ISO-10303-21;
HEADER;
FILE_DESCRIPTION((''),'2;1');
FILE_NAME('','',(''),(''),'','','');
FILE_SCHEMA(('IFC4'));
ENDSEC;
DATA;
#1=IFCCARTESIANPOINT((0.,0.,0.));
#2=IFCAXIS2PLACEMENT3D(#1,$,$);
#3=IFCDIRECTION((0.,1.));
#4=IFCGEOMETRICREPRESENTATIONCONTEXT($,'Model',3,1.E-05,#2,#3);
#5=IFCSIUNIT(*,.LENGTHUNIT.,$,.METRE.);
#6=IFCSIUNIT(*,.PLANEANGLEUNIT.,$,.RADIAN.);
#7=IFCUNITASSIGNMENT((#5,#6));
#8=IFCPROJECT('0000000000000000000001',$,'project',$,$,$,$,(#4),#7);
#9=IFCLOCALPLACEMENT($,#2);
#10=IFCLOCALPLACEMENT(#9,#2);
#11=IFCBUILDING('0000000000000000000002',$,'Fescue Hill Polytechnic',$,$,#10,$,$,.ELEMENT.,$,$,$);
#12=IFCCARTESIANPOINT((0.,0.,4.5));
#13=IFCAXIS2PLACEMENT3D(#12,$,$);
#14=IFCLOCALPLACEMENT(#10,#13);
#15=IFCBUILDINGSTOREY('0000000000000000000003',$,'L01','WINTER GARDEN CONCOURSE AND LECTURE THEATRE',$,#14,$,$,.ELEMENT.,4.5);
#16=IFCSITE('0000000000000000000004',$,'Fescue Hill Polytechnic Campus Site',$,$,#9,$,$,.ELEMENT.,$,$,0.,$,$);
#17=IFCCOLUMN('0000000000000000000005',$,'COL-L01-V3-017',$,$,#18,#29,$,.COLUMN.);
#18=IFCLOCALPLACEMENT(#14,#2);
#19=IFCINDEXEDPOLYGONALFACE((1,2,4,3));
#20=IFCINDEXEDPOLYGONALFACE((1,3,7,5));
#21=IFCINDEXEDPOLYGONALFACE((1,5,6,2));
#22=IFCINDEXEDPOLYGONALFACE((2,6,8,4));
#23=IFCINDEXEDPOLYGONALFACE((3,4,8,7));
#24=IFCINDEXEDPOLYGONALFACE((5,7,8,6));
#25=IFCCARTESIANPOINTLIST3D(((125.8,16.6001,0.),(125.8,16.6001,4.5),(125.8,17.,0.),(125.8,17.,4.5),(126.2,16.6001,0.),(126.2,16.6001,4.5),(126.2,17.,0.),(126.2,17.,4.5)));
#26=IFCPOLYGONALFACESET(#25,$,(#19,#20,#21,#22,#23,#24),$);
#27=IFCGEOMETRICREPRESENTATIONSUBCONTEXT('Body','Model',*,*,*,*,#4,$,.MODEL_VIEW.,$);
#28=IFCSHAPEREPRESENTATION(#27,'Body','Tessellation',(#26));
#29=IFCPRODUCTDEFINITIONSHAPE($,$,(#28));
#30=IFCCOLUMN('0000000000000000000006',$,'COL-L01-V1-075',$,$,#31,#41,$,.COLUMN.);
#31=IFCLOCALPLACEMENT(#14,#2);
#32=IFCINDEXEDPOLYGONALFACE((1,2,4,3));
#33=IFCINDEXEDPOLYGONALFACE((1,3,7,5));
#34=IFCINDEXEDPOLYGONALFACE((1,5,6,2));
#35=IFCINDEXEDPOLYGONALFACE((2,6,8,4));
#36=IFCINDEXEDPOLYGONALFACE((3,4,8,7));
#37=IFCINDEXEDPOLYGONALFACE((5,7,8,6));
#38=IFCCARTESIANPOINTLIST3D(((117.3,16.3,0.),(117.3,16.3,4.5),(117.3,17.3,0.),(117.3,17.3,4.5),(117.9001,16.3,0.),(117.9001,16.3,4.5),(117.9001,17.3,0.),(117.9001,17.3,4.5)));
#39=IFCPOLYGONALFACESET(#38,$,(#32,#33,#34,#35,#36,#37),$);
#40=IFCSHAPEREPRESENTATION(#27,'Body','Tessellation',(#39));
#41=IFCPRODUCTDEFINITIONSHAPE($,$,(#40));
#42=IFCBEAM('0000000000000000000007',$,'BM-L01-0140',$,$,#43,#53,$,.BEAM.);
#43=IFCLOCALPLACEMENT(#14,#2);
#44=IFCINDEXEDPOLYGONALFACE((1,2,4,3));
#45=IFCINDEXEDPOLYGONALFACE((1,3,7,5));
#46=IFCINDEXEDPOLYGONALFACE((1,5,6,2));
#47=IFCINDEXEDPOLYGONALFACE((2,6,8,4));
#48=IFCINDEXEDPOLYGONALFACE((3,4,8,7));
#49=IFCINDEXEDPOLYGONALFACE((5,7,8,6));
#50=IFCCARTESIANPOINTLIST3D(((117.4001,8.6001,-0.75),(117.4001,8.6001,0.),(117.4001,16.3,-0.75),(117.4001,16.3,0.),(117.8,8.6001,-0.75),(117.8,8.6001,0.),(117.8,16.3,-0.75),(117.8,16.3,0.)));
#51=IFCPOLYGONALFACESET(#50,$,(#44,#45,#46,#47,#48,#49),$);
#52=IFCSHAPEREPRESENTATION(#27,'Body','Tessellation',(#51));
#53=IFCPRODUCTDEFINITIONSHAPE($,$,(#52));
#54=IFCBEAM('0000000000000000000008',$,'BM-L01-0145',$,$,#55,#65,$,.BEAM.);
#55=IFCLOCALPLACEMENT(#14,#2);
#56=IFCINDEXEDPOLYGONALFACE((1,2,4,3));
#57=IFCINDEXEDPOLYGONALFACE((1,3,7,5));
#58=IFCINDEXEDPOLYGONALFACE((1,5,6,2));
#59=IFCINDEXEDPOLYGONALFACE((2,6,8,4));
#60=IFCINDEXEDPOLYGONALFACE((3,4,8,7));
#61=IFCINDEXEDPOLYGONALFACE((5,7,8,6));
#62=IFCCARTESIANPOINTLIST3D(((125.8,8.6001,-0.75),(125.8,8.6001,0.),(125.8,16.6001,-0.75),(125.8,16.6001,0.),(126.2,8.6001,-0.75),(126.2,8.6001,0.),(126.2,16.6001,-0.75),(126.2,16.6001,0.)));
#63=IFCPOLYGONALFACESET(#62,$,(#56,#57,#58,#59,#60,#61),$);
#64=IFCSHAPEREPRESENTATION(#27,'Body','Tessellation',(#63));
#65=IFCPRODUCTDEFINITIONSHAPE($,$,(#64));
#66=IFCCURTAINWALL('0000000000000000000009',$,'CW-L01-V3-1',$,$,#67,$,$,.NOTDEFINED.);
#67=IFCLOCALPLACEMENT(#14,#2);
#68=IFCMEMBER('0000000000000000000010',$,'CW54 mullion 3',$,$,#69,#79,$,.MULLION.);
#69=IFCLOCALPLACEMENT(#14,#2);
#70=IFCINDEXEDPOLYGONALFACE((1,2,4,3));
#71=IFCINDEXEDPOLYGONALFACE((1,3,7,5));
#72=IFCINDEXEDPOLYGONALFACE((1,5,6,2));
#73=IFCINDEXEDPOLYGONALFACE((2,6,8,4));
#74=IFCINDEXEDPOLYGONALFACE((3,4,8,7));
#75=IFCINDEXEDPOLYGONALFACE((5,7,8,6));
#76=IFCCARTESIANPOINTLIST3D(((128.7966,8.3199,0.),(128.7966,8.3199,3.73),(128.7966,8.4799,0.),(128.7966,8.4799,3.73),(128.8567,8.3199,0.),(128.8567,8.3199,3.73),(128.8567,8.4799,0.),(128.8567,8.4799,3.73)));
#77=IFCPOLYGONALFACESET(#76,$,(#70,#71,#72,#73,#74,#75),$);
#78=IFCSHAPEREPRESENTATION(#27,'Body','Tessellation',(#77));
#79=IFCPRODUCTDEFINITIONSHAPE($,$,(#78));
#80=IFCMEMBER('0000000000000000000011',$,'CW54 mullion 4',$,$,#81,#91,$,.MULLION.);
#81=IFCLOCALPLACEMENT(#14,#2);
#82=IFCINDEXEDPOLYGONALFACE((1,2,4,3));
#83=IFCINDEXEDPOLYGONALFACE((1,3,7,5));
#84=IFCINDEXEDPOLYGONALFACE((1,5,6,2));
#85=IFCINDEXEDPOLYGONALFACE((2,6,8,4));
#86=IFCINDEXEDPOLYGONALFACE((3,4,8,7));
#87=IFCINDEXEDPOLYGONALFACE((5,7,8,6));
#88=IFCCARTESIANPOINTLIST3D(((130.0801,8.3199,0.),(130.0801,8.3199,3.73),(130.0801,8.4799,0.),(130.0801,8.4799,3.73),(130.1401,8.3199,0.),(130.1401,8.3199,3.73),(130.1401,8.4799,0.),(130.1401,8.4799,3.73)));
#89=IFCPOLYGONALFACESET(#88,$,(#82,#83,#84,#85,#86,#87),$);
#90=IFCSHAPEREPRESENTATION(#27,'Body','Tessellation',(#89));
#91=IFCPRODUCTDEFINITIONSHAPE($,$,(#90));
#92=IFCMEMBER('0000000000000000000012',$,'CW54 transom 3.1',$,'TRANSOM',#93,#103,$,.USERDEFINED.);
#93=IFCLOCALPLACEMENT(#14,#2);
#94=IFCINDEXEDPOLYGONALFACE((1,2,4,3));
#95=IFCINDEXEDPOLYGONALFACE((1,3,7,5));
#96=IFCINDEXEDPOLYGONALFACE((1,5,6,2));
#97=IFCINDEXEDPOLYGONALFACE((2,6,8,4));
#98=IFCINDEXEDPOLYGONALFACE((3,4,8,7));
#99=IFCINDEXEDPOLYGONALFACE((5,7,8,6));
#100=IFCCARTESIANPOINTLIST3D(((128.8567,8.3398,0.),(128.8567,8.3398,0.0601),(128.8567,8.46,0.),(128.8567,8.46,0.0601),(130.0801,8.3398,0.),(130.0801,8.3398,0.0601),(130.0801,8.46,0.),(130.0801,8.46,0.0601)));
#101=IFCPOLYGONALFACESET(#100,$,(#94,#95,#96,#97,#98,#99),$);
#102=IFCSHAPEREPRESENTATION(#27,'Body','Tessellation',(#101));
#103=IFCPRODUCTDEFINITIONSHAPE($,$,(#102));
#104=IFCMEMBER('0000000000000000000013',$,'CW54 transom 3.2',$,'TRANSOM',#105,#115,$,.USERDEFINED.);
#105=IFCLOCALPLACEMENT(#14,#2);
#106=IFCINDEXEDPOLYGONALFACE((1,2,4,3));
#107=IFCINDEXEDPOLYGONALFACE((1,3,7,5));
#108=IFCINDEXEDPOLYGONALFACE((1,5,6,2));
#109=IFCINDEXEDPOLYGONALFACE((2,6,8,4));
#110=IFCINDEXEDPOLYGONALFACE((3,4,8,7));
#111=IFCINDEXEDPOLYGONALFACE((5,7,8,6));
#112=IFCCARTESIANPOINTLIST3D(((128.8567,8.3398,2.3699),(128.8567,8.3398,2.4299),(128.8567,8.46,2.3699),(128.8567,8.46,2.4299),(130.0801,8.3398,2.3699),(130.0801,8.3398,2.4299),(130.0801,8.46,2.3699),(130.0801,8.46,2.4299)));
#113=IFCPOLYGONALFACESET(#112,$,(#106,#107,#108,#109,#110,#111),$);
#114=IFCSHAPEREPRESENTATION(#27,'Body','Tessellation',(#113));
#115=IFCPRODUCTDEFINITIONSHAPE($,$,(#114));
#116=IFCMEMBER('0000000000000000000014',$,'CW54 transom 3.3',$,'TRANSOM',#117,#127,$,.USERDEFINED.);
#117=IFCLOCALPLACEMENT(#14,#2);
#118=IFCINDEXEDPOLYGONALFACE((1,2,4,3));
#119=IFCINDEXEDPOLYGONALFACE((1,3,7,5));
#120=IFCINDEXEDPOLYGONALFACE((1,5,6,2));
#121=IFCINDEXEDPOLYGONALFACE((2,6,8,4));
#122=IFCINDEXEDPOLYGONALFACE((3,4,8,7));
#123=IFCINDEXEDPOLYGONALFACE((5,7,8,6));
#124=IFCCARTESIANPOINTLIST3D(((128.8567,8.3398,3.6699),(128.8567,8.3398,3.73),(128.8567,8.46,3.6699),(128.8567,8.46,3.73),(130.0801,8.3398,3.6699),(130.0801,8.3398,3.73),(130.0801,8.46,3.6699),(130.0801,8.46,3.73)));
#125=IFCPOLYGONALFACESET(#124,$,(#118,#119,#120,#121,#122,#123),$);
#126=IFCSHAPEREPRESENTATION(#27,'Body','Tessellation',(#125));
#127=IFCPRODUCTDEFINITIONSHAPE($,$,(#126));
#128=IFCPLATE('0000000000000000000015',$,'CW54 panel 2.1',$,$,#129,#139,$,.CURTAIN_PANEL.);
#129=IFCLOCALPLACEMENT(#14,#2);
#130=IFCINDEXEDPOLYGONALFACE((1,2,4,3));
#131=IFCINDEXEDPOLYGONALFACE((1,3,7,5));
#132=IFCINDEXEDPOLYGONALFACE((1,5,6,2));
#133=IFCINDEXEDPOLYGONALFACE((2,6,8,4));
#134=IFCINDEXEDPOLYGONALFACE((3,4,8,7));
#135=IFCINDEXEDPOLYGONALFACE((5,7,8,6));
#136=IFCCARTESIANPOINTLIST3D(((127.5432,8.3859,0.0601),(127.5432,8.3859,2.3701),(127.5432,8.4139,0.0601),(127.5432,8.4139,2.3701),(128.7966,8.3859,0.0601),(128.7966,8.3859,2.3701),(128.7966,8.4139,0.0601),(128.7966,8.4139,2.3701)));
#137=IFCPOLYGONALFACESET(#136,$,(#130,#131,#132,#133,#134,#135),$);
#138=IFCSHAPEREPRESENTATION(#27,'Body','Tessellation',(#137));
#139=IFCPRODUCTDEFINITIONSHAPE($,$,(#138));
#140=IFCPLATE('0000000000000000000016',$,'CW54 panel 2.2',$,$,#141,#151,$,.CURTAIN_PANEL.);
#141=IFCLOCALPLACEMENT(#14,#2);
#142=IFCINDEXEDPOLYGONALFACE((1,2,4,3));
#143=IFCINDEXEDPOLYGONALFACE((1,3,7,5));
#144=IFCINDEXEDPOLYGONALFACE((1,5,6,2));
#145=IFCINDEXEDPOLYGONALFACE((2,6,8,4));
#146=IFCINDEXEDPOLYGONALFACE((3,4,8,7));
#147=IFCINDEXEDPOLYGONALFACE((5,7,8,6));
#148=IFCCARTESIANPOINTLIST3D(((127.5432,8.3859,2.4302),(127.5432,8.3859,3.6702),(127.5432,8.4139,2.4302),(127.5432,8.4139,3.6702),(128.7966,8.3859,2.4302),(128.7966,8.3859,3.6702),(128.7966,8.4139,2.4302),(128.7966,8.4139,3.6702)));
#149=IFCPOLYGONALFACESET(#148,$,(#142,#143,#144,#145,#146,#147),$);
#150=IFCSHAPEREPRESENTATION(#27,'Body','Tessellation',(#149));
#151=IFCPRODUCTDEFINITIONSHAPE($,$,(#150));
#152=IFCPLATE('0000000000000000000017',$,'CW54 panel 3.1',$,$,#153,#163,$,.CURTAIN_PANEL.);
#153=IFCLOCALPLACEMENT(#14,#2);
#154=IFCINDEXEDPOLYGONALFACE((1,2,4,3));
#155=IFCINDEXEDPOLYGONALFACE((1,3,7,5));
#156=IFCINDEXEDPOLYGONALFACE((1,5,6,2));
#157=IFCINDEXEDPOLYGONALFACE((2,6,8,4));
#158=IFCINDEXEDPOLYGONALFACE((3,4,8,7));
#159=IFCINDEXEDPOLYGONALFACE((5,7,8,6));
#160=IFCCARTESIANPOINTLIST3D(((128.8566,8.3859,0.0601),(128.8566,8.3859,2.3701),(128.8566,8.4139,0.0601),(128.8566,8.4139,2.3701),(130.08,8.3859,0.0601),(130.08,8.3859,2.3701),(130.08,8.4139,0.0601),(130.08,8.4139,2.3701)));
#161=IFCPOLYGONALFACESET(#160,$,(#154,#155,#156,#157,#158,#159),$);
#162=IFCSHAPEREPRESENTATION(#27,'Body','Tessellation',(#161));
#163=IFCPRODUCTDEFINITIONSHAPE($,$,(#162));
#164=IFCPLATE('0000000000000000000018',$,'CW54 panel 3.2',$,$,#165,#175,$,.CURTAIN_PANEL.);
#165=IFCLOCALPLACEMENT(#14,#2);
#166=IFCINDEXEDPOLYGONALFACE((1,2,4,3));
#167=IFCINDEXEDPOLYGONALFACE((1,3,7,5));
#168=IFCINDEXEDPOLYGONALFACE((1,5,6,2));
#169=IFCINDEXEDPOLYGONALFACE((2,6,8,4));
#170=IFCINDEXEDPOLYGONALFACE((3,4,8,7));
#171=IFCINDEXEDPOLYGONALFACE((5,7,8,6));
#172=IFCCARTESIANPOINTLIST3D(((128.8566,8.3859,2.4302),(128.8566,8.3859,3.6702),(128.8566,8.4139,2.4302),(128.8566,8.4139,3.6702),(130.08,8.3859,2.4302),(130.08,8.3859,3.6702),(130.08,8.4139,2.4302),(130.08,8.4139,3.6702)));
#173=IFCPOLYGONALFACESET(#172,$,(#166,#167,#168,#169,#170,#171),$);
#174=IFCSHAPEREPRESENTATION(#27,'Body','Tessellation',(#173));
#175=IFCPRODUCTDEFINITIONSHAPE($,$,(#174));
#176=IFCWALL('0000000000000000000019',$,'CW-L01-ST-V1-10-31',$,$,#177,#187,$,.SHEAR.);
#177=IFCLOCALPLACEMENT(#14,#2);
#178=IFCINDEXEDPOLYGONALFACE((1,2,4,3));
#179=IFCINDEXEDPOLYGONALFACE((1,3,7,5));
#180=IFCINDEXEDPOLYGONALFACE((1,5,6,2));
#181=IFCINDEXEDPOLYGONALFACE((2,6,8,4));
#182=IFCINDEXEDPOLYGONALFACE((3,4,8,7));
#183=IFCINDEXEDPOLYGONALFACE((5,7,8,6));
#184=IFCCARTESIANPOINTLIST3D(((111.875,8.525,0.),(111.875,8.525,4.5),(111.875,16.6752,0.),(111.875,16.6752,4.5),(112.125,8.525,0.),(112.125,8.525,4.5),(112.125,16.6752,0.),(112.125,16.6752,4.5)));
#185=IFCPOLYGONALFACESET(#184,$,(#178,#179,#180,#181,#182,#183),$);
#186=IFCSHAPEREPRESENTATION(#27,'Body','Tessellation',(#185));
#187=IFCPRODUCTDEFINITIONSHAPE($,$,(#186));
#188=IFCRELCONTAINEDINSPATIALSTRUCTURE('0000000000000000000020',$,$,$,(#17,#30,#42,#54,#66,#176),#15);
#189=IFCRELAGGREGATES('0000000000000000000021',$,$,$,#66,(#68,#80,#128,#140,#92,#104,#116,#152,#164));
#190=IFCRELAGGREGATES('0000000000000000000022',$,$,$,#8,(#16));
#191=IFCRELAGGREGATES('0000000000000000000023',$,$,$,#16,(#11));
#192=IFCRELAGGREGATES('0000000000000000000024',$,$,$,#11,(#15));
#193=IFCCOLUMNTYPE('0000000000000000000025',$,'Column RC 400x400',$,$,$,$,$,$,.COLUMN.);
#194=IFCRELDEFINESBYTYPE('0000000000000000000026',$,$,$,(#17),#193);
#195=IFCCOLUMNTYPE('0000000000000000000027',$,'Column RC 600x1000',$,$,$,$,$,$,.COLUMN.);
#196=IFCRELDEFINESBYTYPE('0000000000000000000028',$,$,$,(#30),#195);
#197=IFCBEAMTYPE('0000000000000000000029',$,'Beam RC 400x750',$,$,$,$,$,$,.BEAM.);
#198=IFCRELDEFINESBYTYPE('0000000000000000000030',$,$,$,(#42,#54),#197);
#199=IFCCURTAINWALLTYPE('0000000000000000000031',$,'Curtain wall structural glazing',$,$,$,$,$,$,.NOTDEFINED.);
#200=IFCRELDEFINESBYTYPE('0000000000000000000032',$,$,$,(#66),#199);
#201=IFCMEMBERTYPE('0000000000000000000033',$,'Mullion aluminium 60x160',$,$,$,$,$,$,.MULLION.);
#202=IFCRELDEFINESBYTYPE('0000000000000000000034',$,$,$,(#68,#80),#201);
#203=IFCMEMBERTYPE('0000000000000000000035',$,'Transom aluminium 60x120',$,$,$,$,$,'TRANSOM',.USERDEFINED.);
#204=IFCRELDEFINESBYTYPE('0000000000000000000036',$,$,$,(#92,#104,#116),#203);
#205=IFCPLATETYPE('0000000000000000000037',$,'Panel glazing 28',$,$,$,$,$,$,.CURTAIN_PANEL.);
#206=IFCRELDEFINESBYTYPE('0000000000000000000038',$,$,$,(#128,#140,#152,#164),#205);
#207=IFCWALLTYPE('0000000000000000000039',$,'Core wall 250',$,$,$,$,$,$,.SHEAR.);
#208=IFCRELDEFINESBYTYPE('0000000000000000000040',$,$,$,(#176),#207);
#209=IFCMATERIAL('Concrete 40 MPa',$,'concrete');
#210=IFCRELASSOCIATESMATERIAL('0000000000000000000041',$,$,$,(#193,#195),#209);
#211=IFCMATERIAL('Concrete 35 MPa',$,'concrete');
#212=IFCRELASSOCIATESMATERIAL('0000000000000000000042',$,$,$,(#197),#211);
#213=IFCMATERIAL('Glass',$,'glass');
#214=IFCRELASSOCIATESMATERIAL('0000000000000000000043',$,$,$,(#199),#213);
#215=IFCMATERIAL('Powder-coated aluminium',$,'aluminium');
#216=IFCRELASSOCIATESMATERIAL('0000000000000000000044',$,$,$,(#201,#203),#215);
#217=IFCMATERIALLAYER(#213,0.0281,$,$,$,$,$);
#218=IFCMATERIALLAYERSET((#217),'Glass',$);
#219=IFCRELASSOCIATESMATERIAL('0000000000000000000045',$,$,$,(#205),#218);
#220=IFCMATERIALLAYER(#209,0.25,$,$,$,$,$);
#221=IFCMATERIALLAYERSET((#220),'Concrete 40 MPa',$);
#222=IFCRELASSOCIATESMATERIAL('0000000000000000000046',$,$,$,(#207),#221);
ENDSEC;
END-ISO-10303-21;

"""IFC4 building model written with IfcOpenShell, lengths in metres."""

from ifc_helpers import new_model, si_unit, direction, frame, frame_2d, origin, origin_2d, place, context, subcontext, project, spatial, rectangle, extrude, material, layer, layer_set, material_profile, profile_set, type_object, element, aggregate, save


model = new_model("IFC4")

# Units and contexts
model_context = context("Model", 3, precision=1e-05, world=origin(), true_north=direction((0.0, 1.0)))
body_context = subcontext(model_context, "Body", "Model", "MODEL_VIEW")
ifc_project = project(units=[si_unit("LENGTHUNIT", "METRE"), si_unit("PLANEANGLEUNIT", "RADIAN")], contexts=[model_context])

# Site, building, storey
site_placement = place(None, origin())
site = spatial("IfcSite", under=ifc_project, at=site_placement, Name="Fescue Hill Polytechnic Campus Site", CompositionType="ELEMENT", RefElevation=0.0)
building_placement = place(site_placement, origin())
building = spatial("IfcBuilding", under=site, at=building_placement, Name="Fescue Hill Polytechnic", CompositionType="ELEMENT")
storey_placement = place(building_placement, frame((0.0, 0.0, 4.5)))
storey = spatial("IfcBuildingStorey", under=building, at=storey_placement, Name="L01", Description="WINTER GARDEN CONCOURSE AND LECTURE THEATRE", CompositionType="ELEMENT", Elevation=4.5)

# Columns
ifc_material_1 = material(Name="Concrete 40 MPa", Category="concrete")
ifc_material_profile_1 = material_profile(ifc_material_1, rectangle(XDim=0.3999, YDim=0.3999, at=origin_2d()), Name="RC 400x400")
ifc_profile_set_1 = profile_set([ifc_material_profile_1], Name="Concrete 40 MPa")
column_type_1 = type_object("IfcColumnType", Name="Column RC 400x400", PredefinedType="COLUMN", material=ifc_profile_set_1)
column_1_placement = place(storey_placement, frame((126.0, 16.8, 0.0), z_axis=(0.0, 0.0, 1.0), x_axis=(1.0, 0.0, 0.0)))
element("IfcColumn", 1, at=column_1_placement, inside=storey, type_object=column_type_1, Name="COL-L01-V3-017", PredefinedType="COLUMN", context=body_context, shape_type="SweptSolid", body=[
    extrude(rectangle(XDim=0.3999, YDim=0.3999, at=origin_2d()), origin(), (0.0, 0.0, 1.0), 4.5),
])
ifc_material_profile_2 = material_profile(ifc_material_1, rectangle(XDim=0.6001, YDim=1.0, at=origin_2d()), Name="RC 600x1000")
ifc_profile_set_2 = profile_set([ifc_material_profile_2], Name="Concrete 40 MPa")
column_type_2 = type_object("IfcColumnType", Name="Column RC 600x1000", PredefinedType="COLUMN", material=ifc_profile_set_2)
column_2_placement = place(storey_placement, frame((117.6001, 16.8, 0.0), z_axis=(0.0, 0.0, 1.0), x_axis=(1.0, 0.0, 0.0)))
element("IfcColumn", 2, at=column_2_placement, inside=storey, type_object=column_type_2, Name="COL-L01-V1-075", PredefinedType="COLUMN", context=body_context, shape_type="SweptSolid", body=[
    extrude(rectangle(XDim=0.6001, YDim=1.0, at=origin_2d()), origin(), (0.0, 0.0, 1.0), 4.5),
])

# Beams
ifc_material_2 = material(Name="Concrete 35 MPa", Category="concrete")
ifc_material_profile_3 = material_profile(ifc_material_2, rectangle(XDim=0.3999, YDim=0.75, at=origin_2d()), Name="RC 400x750")
ifc_profile_set_3 = profile_set([ifc_material_profile_3], Name="Concrete 35 MPa")
beam_type = type_object("IfcBeamType", Name="Beam RC 400x750", PredefinedType="BEAM", material=ifc_profile_set_3)
beam_1_placement = place(storey_placement, frame((117.6001, 8.6001, -0.375), z_axis=(0.0, 1.0, 0.0), x_axis=(-1.0, 0.0, 0.0)))
element("IfcBeam", 3, at=beam_1_placement, inside=storey, type_object=beam_type, Name="BM-L01-0140", PredefinedType="BEAM", context=body_context, shape_type="SweptSolid", body=[
    extrude(rectangle(XDim=0.3999, YDim=0.75, at=origin_2d()), origin(), (0.0, 0.0, 1.0), 7.7),
])
beam_2_placement = place(storey_placement, frame((126.0, 16.6001, -0.375), z_axis=(0.0, -1.0, 0.0), x_axis=(1.0, 0.0, 0.0)))
element("IfcBeam", 4, at=beam_2_placement, inside=storey, type_object=beam_type, Name="BM-L01-0145", PredefinedType="BEAM", context=body_context, shape_type="SweptSolid", body=[
    extrude(rectangle(XDim=0.3999, YDim=0.75, at=origin_2d()), origin(), (0.0, 0.0, 1.0), 8.0),
])

# Curtain wall, members, plates
ifc_material_3 = material(Name="Glass", Category="glass")
curtain_wall_type = type_object("IfcCurtainWallType", Name="Curtain wall structural glazing", PredefinedType="NOTDEFINED", material=ifc_material_3)
curtain_wall_placement = place(storey_placement, origin())
curtain_wall = element("IfcCurtainWall", 5, at=curtain_wall_placement, inside=storey, type_object=curtain_wall_type, Name="CW-L01-V3-1", PredefinedType="NOTDEFINED")
ifc_material_4 = material(Name="Powder-coated aluminium", Category="aluminium")
ifc_material_profile_4 = material_profile(ifc_material_4, rectangle(XDim=0.1599, YDim=0.0601, at=origin_2d()), Name="Mullion aluminium 60x160")
ifc_profile_set_4 = profile_set([ifc_material_profile_4], Name="Powder-coated aluminium")
member_type_1 = type_object("IfcMemberType", Name="Mullion aluminium 60x160", PredefinedType="MULLION", material=ifc_profile_set_4)
member_1_placement = place(storey_placement, frame((128.8267, 8.3999, 0.0), z_axis=(0.0, 0.0, 1.0), x_axis=(0.0, 1.0, 0.0)))
member_1 = element("IfcMember", 6, at=member_1_placement, type_object=member_type_1, Name="CW54 mullion 3", PredefinedType="MULLION", context=body_context, shape_type="SweptSolid", body=[
    extrude(rectangle(XDim=0.1599, YDim=0.0601, at=origin_2d()), origin(), (0.0, 0.0, 1.0), 3.73),
])
member_2_placement = place(storey_placement, frame((130.1101, 8.3999, 0.0), z_axis=(0.0, 0.0, 1.0), x_axis=(0.0, 1.0, 0.0)))
member_2 = element("IfcMember", 7, at=member_2_placement, type_object=member_type_1, Name="CW54 mullion 4", PredefinedType="MULLION", context=body_context, shape_type="SweptSolid", body=[
    extrude(rectangle(XDim=0.1599, YDim=0.0601, at=origin_2d()), origin(), (0.0, 0.0, 1.0), 3.73),
])
ifc_material_profile_5 = material_profile(ifc_material_4, rectangle(XDim=0.1201, YDim=0.0601, at=origin_2d()), Name="Transom aluminium 60x120")
ifc_profile_set_5 = profile_set([ifc_material_profile_5], Name="Powder-coated aluminium")
member_type_2 = type_object("IfcMemberType", Name="Transom aluminium 60x120", ElementType="TRANSOM", PredefinedType="USERDEFINED", material=ifc_profile_set_5)
member_3_placement = place(storey_placement, frame((128.8567, 8.3999, 0.03), z_axis=(1.0, 0.0, 0.0), x_axis=(0.0, 1.0, 0.0)))
member_3 = element("IfcMember", 8, at=member_3_placement, type_object=member_type_2, Name="CW54 transom 3.1", ObjectType="TRANSOM", PredefinedType="USERDEFINED", context=body_context, shape_type="SweptSolid", body=[
    extrude(rectangle(XDim=0.1201, YDim=0.0601, at=origin_2d()), origin(), (0.0, 0.0, 1.0), 1.2234),
])
member_4_placement = place(storey_placement, frame((128.8567, 8.3999, 2.3999), z_axis=(1.0, 0.0, 0.0), x_axis=(0.0, 1.0, 0.0)))
member_4 = element("IfcMember", 9, at=member_4_placement, type_object=member_type_2, Name="CW54 transom 3.2", ObjectType="TRANSOM", PredefinedType="USERDEFINED", context=body_context, shape_type="SweptSolid", body=[
    extrude(rectangle(XDim=0.1201, YDim=0.0601, at=origin_2d()), origin(), (0.0, 0.0, 1.0), 1.2234),
])
member_5_placement = place(storey_placement, frame((128.8567, 8.3999, 3.7), z_axis=(1.0, 0.0, 0.0), x_axis=(0.0, 1.0, 0.0)))
member_5 = element("IfcMember", 10, at=member_5_placement, type_object=member_type_2, Name="CW54 transom 3.3", ObjectType="TRANSOM", PredefinedType="USERDEFINED", context=body_context, shape_type="SweptSolid", body=[
    extrude(rectangle(XDim=0.1201, YDim=0.0601, at=origin_2d()), origin(), (0.0, 0.0, 1.0), 1.2234),
])
ifc_layer_1 = layer(ifc_material_3, 0.0281)
ifc_layer_set_1 = layer_set([ifc_layer_1], Name="Glass")
plate_type = type_object("IfcPlateType", Name="Panel glazing 28", PredefinedType="CURTAIN_PANEL", material=ifc_layer_set_1)
plate_1_placement = place(storey_placement, frame((128.1699, 8.3999, 0.0601), z_axis=(0.0, 0.0, 1.0), x_axis=(1.0, 0.0, 0.0)))
plate_1 = element("IfcPlate", 11, at=plate_1_placement, type_object=plate_type, Name="CW54 panel 2.1", PredefinedType="CURTAIN_PANEL", context=body_context, shape_type="SweptSolid", body=[
    extrude(rectangle(XDim=1.2534, YDim=0.0281, at=origin_2d()), origin(), (0.0, 0.0, 1.0), 2.3101),
])
plate_2_placement = place(storey_placement, frame((128.1699, 8.3999, 2.4302), z_axis=(0.0, 0.0, 1.0), x_axis=(1.0, 0.0, 0.0)))
plate_2 = element("IfcPlate", 12, at=plate_2_placement, type_object=plate_type, Name="CW54 panel 2.2", PredefinedType="CURTAIN_PANEL", context=body_context, shape_type="SweptSolid", body=[
    extrude(rectangle(XDim=1.2534, YDim=0.0281, at=origin_2d()), origin(), (0.0, 0.0, 1.0), 1.24),
])
plate_3_placement = place(storey_placement, frame((129.4683, 8.3999, 0.0601), z_axis=(0.0, 0.0, 1.0), x_axis=(1.0, 0.0, 0.0)))
plate_3 = element("IfcPlate", 13, at=plate_3_placement, type_object=plate_type, Name="CW54 panel 3.1", PredefinedType="CURTAIN_PANEL", context=body_context, shape_type="SweptSolid", body=[
    extrude(rectangle(XDim=1.2234, YDim=0.0281, at=origin_2d()), origin(), (0.0, 0.0, 1.0), 2.3101),
])
plate_4_placement = place(storey_placement, frame((129.4683, 8.3999, 2.4302), z_axis=(0.0, 0.0, 1.0), x_axis=(1.0, 0.0, 0.0)))
plate_4 = element("IfcPlate", 14, at=plate_4_placement, type_object=plate_type, Name="CW54 panel 3.2", PredefinedType="CURTAIN_PANEL", context=body_context, shape_type="SweptSolid", body=[
    extrude(rectangle(XDim=1.2234, YDim=0.0281, at=origin_2d()), origin(), (0.0, 0.0, 1.0), 1.24),
])
aggregate(curtain_wall, [member_1, member_2, plate_1, plate_2, member_3, member_4, member_5, plate_3, plate_4])

# Wall
ifc_layer_2 = layer(ifc_material_1, 0.25)
ifc_layer_set_2 = layer_set([ifc_layer_2], Name="Concrete 40 MPa")
wall_type_1 = type_object("IfcWallType", Name="Core wall 250", PredefinedType="SHEAR", material=ifc_layer_set_2)
wall_1_placement = place(storey_placement, frame((112.0, 8.5249, 0.0), z_axis=(0.0, 0.0, 1.0), x_axis=(0.0, 1.0, 0.0)))
element("IfcWall", 15, at=wall_1_placement, inside=storey, type_object=wall_type_1, Name="CW-L01-ST-V1-10-31", PredefinedType="SHEAR", context=body_context, shape_type="SweptSolid", body=[
    extrude(rectangle(XDim=8.1501, YDim=0.25, at=frame_2d((4.0752, 0.0))), origin(), (0.0, 0.0, 1.0), 4.5),
])

save(model, "model.ifc")
